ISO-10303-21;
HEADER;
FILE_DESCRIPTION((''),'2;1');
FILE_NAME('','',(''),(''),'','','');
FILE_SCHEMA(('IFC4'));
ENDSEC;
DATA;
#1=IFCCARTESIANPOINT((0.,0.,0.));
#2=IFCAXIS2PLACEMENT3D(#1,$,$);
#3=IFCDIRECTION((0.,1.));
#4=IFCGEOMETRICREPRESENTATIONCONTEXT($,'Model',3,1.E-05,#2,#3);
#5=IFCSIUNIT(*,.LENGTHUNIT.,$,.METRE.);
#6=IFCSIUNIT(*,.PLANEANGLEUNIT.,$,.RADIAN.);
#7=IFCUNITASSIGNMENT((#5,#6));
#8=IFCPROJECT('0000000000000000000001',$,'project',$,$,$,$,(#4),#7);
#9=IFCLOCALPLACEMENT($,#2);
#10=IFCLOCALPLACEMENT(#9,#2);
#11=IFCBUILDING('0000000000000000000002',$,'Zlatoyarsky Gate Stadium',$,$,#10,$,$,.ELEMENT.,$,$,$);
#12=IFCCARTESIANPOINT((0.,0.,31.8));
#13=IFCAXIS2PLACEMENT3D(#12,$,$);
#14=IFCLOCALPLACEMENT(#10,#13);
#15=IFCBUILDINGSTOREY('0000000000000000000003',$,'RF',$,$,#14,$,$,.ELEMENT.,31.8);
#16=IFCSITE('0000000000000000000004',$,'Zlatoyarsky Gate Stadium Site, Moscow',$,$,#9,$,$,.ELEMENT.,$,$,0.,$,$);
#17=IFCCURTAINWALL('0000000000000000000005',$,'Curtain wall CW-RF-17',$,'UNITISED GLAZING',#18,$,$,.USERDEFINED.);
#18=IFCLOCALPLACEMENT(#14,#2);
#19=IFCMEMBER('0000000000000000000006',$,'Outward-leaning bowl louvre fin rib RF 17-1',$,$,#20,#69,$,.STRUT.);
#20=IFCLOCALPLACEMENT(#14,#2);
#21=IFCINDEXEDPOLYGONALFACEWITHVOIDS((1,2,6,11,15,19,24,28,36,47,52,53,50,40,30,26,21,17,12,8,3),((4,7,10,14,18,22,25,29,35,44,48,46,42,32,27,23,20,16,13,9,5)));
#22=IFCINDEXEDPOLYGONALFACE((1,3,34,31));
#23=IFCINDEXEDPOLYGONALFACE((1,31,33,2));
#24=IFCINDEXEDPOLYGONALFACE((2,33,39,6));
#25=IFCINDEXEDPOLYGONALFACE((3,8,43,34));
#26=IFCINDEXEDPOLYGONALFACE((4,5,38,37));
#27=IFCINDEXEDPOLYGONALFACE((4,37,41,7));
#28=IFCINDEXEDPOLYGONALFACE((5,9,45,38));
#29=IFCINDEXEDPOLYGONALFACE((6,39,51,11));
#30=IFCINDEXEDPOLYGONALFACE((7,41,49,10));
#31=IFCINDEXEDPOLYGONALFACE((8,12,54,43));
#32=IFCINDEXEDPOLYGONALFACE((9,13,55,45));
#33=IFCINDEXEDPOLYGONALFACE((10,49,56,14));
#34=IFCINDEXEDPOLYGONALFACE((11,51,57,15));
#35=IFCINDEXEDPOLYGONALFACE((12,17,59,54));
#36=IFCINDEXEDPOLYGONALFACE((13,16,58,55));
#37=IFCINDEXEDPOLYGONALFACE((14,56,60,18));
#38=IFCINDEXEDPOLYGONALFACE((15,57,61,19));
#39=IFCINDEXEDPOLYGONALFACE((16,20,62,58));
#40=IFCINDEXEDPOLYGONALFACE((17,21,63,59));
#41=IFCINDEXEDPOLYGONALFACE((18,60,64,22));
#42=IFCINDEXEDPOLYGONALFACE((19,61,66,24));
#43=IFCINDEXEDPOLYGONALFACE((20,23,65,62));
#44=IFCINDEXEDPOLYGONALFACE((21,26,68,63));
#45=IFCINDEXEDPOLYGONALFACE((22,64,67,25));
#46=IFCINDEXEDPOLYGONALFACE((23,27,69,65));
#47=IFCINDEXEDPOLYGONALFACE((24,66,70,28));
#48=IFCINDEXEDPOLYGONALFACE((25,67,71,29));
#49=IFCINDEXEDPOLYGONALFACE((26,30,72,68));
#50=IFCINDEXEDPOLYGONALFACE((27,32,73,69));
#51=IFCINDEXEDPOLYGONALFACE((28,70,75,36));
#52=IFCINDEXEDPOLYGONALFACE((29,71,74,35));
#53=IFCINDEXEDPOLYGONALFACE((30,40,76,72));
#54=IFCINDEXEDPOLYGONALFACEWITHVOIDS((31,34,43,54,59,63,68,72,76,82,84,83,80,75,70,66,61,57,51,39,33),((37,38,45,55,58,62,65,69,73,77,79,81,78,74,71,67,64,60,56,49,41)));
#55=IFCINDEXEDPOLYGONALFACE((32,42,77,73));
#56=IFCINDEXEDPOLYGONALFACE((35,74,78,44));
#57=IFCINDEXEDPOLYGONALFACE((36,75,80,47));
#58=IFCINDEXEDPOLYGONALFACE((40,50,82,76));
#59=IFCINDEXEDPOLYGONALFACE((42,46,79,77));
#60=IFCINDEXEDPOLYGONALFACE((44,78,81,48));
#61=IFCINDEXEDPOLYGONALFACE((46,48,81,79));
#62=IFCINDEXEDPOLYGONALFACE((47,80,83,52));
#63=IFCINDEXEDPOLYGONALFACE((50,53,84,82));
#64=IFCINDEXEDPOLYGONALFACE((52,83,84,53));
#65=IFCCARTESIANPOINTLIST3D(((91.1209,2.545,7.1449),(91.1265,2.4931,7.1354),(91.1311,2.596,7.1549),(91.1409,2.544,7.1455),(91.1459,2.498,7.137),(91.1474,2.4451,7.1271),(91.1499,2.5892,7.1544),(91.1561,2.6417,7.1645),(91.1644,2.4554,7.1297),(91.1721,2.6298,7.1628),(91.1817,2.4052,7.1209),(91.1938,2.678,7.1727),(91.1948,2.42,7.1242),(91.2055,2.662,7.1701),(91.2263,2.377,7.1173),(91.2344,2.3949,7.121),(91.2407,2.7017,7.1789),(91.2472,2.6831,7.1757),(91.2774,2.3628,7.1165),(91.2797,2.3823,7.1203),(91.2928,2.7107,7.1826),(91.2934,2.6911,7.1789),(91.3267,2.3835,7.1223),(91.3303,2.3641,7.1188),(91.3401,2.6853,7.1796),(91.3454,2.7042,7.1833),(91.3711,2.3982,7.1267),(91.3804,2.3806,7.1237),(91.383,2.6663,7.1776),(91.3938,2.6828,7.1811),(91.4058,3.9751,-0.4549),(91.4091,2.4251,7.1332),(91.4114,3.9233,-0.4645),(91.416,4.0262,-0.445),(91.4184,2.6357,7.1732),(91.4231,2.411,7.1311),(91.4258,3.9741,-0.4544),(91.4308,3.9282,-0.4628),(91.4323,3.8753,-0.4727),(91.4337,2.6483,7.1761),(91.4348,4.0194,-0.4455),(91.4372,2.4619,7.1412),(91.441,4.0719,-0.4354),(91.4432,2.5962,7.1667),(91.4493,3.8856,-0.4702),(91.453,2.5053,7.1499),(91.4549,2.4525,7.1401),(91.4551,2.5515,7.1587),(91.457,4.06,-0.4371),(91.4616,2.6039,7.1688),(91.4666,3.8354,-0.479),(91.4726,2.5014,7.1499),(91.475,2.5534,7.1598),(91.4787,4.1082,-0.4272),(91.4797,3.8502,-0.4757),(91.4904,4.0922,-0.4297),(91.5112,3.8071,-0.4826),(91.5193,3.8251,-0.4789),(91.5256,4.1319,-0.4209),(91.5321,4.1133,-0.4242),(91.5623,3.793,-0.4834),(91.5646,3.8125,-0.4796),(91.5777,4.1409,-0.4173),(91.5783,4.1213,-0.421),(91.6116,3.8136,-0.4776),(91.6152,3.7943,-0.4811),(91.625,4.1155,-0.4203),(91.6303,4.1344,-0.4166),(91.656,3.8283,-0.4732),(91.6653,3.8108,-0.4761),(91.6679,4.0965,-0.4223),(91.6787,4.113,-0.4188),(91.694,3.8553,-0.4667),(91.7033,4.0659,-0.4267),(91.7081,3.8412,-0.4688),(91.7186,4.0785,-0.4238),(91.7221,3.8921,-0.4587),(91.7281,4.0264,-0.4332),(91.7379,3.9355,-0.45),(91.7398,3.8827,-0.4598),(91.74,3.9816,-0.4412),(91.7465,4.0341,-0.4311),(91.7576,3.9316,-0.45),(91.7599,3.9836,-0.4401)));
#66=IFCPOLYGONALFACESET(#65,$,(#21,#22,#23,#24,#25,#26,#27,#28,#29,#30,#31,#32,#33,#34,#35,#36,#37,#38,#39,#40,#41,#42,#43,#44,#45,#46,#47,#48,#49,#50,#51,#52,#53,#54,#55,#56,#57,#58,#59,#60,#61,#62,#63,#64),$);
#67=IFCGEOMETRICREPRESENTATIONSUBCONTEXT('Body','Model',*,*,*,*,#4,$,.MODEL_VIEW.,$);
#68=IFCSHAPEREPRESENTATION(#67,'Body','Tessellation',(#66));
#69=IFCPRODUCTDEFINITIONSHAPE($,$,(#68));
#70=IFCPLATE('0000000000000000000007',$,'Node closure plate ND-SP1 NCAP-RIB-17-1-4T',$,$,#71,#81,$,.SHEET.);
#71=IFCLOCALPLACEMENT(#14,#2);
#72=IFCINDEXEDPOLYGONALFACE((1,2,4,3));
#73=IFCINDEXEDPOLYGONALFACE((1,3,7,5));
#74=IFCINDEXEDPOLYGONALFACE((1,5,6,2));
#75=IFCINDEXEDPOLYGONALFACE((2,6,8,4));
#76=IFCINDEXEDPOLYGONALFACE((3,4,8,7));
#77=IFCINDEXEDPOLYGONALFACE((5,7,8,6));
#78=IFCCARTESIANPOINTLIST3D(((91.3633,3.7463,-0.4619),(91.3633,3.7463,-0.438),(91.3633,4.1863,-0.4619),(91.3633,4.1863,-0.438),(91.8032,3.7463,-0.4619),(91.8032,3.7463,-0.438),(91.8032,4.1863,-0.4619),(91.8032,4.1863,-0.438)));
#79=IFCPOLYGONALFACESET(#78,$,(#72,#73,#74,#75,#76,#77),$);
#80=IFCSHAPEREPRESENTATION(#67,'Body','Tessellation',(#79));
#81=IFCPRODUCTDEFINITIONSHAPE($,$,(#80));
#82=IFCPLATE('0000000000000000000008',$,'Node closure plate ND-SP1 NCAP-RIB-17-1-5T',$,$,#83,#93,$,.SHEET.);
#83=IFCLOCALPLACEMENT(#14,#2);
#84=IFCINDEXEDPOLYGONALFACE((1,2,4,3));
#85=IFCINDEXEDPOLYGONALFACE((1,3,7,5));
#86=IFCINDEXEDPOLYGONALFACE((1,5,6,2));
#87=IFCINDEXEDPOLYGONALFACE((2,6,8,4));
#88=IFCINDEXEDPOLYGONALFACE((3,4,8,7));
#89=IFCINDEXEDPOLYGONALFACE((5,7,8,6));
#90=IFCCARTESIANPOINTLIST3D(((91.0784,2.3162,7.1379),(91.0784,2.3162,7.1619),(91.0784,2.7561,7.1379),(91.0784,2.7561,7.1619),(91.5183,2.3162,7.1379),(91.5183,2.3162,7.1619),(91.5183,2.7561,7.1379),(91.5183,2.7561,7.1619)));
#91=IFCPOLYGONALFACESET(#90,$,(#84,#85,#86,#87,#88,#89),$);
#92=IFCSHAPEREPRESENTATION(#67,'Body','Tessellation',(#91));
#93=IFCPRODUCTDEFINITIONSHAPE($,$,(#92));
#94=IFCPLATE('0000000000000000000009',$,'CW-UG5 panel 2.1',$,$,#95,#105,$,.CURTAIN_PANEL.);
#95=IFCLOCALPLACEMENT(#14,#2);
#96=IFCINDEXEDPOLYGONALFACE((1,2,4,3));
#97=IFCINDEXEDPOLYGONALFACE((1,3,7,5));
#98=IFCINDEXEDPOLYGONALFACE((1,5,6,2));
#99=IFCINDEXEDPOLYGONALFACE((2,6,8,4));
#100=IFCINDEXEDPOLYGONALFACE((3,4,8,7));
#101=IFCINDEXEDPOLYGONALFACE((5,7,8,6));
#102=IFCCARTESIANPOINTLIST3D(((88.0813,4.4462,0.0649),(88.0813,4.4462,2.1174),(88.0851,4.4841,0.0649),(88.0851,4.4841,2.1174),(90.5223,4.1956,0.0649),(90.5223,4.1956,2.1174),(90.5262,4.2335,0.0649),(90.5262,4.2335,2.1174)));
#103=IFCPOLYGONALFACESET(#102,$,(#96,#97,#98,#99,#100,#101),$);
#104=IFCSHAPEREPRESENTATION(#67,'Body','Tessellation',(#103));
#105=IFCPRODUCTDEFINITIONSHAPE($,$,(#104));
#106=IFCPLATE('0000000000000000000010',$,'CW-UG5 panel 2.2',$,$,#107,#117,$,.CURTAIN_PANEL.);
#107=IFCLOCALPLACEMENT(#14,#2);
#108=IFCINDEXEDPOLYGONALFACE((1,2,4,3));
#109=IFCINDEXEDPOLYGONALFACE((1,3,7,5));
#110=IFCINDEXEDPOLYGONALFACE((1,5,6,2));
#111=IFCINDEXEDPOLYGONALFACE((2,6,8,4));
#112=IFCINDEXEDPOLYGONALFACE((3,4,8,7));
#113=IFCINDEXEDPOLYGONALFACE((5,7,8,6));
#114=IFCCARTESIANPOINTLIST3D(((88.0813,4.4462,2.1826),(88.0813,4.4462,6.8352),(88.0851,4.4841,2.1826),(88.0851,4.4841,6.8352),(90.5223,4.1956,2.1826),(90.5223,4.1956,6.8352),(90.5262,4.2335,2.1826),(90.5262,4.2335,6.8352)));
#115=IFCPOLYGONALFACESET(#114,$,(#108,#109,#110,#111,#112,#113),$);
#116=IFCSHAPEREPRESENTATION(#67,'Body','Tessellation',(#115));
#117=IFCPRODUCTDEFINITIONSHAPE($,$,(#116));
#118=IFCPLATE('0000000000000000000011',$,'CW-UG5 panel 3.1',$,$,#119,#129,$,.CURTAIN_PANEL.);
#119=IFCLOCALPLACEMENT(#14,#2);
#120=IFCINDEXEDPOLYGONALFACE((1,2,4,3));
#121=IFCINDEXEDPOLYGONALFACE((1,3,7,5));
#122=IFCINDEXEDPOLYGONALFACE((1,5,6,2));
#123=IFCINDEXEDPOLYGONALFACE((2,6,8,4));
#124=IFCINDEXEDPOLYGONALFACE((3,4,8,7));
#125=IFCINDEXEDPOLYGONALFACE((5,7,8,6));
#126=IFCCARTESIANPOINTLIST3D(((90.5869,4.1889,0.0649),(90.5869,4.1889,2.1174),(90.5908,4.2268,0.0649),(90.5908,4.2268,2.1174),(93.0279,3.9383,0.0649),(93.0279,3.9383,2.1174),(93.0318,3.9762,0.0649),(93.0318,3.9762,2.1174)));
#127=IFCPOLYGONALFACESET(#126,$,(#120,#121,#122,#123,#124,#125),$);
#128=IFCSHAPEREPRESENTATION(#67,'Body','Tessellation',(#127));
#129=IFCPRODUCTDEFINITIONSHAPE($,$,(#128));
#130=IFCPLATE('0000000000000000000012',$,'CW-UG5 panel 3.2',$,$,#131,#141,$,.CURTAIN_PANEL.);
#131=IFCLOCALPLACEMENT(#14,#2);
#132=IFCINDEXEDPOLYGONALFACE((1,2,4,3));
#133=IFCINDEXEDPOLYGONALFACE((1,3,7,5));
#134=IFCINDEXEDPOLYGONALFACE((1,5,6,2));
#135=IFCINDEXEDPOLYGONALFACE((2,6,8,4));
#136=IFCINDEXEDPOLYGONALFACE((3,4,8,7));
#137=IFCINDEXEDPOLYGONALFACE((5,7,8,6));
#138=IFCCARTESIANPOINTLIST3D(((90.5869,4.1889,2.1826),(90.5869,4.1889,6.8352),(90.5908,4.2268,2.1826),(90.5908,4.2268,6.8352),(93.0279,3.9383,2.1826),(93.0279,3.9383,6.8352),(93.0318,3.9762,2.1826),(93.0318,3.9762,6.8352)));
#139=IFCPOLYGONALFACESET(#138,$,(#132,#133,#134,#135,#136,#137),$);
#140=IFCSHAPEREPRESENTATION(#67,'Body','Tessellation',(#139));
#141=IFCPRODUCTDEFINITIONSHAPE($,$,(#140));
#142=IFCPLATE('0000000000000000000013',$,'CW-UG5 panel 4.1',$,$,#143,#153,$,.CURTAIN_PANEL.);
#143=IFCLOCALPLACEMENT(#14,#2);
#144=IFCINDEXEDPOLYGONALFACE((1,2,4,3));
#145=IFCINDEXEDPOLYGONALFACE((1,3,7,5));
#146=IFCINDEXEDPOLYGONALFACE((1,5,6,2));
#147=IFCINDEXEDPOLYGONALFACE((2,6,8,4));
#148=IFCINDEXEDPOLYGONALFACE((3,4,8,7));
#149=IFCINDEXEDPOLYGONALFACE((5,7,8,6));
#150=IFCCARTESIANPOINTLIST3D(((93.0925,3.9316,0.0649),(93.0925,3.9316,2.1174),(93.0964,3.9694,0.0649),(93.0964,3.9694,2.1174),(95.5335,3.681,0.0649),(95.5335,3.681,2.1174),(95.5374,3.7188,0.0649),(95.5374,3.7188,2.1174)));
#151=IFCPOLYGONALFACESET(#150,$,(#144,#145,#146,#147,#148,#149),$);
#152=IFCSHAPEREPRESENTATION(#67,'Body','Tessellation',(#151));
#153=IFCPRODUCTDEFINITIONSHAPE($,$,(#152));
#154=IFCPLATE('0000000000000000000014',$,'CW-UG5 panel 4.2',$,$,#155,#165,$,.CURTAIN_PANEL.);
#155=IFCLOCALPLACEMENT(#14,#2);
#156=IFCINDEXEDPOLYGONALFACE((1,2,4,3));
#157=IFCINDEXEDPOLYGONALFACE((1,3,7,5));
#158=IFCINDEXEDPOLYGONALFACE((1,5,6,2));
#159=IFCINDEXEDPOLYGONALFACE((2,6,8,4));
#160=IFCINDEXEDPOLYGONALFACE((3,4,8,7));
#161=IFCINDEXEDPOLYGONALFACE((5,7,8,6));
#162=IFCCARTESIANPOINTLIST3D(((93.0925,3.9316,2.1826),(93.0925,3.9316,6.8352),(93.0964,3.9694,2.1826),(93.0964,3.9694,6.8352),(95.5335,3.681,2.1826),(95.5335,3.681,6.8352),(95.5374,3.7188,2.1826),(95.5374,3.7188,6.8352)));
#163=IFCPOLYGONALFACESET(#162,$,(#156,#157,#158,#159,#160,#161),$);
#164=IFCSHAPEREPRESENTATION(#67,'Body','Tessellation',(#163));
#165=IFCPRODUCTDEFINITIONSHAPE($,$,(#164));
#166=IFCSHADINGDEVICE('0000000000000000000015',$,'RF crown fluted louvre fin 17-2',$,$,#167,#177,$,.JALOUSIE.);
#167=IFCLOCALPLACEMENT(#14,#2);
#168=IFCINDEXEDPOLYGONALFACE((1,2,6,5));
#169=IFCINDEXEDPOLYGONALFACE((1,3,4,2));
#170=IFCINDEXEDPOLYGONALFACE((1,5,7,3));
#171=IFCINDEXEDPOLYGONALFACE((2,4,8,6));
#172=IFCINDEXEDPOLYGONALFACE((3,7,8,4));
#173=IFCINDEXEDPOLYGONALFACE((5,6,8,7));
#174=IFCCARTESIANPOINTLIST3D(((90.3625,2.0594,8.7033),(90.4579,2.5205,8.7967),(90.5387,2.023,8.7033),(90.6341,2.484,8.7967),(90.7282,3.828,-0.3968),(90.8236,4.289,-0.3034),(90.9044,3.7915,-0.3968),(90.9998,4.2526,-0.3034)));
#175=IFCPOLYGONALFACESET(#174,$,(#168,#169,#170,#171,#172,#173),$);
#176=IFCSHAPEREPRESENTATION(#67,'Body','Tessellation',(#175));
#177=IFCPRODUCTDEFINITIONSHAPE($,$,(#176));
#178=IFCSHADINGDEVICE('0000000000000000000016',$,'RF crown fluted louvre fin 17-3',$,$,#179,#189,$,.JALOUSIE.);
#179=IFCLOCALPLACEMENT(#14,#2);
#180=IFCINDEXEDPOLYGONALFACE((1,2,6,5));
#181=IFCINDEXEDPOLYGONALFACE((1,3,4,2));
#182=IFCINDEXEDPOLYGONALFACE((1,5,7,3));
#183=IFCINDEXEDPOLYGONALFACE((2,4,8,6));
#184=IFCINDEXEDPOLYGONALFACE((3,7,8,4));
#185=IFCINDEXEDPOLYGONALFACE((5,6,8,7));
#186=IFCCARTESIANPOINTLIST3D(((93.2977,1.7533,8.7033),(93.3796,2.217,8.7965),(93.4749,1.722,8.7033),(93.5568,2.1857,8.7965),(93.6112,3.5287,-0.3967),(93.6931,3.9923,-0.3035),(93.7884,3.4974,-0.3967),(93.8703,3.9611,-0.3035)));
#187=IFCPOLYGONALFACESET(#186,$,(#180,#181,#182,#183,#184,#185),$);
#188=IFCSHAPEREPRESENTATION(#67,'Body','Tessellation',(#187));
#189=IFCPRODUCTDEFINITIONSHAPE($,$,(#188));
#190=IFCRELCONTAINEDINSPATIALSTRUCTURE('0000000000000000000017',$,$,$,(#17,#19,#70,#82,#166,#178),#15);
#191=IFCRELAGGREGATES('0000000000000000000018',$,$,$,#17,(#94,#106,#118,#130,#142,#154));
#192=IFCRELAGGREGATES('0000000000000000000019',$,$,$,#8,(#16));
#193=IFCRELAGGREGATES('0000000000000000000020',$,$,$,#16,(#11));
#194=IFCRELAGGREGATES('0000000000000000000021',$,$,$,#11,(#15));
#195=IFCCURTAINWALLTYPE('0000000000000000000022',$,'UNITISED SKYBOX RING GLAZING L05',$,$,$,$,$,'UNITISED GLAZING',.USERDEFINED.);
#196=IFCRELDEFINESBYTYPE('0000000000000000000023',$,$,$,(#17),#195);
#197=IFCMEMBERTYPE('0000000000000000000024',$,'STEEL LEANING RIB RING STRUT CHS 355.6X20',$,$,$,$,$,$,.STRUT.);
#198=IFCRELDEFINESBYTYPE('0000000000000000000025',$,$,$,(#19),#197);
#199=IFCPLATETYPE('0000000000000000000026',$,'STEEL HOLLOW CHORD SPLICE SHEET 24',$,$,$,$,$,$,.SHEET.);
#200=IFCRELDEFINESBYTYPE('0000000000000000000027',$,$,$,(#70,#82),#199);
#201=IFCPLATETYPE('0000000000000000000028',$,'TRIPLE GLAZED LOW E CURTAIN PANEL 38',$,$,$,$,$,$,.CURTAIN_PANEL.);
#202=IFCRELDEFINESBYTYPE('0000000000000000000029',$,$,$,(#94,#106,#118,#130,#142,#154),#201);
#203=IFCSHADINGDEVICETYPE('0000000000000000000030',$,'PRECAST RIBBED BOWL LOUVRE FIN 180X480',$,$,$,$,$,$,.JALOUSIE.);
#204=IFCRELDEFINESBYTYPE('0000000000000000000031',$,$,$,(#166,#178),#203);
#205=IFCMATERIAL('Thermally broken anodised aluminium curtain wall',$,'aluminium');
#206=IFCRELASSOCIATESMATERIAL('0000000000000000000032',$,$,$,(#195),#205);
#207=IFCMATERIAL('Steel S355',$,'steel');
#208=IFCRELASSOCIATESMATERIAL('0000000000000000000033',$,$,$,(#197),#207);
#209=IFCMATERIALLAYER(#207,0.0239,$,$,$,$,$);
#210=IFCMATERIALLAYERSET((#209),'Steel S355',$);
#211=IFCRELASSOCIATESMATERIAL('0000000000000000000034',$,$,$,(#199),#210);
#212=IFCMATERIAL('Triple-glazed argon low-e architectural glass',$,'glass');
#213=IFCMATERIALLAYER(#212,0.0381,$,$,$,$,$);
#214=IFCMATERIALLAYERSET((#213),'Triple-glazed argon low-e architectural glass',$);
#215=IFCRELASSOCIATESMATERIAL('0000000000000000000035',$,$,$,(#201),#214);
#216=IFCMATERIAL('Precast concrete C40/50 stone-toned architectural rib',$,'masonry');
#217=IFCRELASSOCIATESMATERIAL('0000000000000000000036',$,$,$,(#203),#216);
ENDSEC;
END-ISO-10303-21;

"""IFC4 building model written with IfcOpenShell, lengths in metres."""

from ifc_helpers import new_model, si_unit, direction, frame, origin, origin_2d, place, context, subcontext, project, spatial, rectangle, hollow_circle, extrude, material, layer, layer_set, material_profile, profile_set, type_object, element, aggregate, save


model = new_model("IFC4")

# Units and contexts
model_context = context("Model", 3, precision=1e-05, world=origin(), true_north=direction((0.0, 1.0)))
body_context = subcontext(model_context, "Body", "Model", "MODEL_VIEW")
ifc_project = project(units=[si_unit("LENGTHUNIT", "METRE"), si_unit("PLANEANGLEUNIT", "RADIAN")], contexts=[model_context])

# Site, building, storey
site_placement = place(None, origin())
site = spatial("IfcSite", under=ifc_project, at=site_placement, Name="Zlatoyarsky Gate Stadium Site, Moscow", CompositionType="ELEMENT", RefElevation=0.0)
building_placement = place(site_placement, origin())
building = spatial("IfcBuilding", under=site, at=building_placement, Name="Zlatoyarsky Gate Stadium", CompositionType="ELEMENT")
storey_placement = place(building_placement, frame((0.0, 0.0, 31.8)))
storey = spatial("IfcBuildingStorey", under=building, at=storey_placement, Name="RF", CompositionType="ELEMENT", Elevation=31.8)

# Curtain wall
ifc_material_1 = material(Name="Thermally broken anodised aluminium curtain wall", Category="aluminium")
curtain_wall_type = type_object("IfcCurtainWallType", Name="UNITISED SKYBOX RING GLAZING L05", ElementType="UNITISED GLAZING", PredefinedType="USERDEFINED", material=ifc_material_1)
curtain_wall_placement = place(storey_placement, origin())
curtain_wall = element("IfcCurtainWall", 1, at=curtain_wall_placement, inside=storey, type_object=curtain_wall_type, Name="Curtain wall CW-RF-17", ObjectType="UNITISED GLAZING", PredefinedType="USERDEFINED")

# Member
ifc_material_2 = material(Name="Steel S355", Category="steel")
ifc_material_profile_1 = material_profile(ifc_material_2, hollow_circle(Radius=0.1777, WallThickness=0.02, at=origin_2d()), Name="CHS 355.6X20")
ifc_profile_set_1 = profile_set([ifc_material_profile_1], Name="Steel S355")
member_type_1 = type_object("IfcMemberType", Name="STEEL LEANING RIB RING STRUT CHS 355.6X20", PredefinedType="STRUT", material=ifc_profile_set_1)
member_1_placement = place(storey_placement, frame((91.5833, 3.9663, -0.45), z_axis=(-0.036817, -0.184813, 0.982084), x_axis=(0.980728, -0.195376, 0.0)))
element("IfcMember", 2, at=member_1_placement, inside=storey, type_object=member_type_1, Name="Outward-leaning bowl louvre fin rib RF 17-1", PredefinedType="STRUT", context=body_context, shape_type="SweptSolid", body=[
    extrude(hollow_circle(Radius=0.1777, WallThickness=0.02, at=origin_2d()), origin(), (0.0, 0.0, 1.0), 7.7385),
])

# Plates
ifc_layer_1 = layer(ifc_material_2, 0.0239)
ifc_layer_set_1 = layer_set([ifc_layer_1], Name="Steel S355")
plate_type_1 = type_object("IfcPlateType", Name="STEEL HOLLOW CHORD SPLICE SHEET 24", PredefinedType="SHEET", material=ifc_layer_set_1)
for number, where, z_axis, x_axis, name in (
    (3, (91.5833, 3.9663, -0.4619), (0.0, 0.0, 1.0), (1.0, 0.0, 0.0), "Node closure plate ND-SP1 NCAP-RIB-17-1-4T"),
    (4, (91.2983, 2.5361, 7.1379), (0.0, 0.0, 1.0), (1.0, 0.0, 0.0), "Node closure plate ND-SP1 NCAP-RIB-17-1-5T"),
):
    element("IfcPlate", number, at=place(storey_placement, frame(where, z_axis=z_axis, x_axis=x_axis)), inside=storey, type_object=plate_type_1, Name=name, PredefinedType="SHEET", context=body_context, shape_type="SweptSolid", body=[
        extrude(rectangle(XDim=0.4399, YDim=0.4399, at=origin_2d()), origin(), (0.0, 0.0, 1.0), 0.0239),
    ])

# Plates
ifc_material_3 = material(Name="Triple-glazed argon low-e architectural glass", Category="glass")
ifc_layer_2 = layer(ifc_material_3, 0.0381)
ifc_layer_set_2 = layer_set([ifc_layer_2], Name="Triple-glazed argon low-e architectural glass")
plate_type_2 = type_object("IfcPlateType", Name="TRIPLE GLAZED LOW E CURTAIN PANEL 38", PredefinedType="CURTAIN_PANEL", material=ifc_layer_set_2)
plate_1_placement = place(storey_placement, frame((89.3037, 4.3398, 0.0649), z_axis=(0.0, 0.0, 1.0), x_axis=(0.994772, -0.102125, 0.0)))
plate_1 = element("IfcPlate", 5, at=plate_1_placement, type_object=plate_type_2, Name="CW-UG5 panel 2.1", PredefinedType="CURTAIN_PANEL", context=body_context, shape_type="SweptSolid", body=[
    extrude(rectangle(XDim=2.4539, YDim=0.0381, at=origin_2d()), origin(), (0.0, 0.0, 1.0), 2.0525),
])
plate_2_placement = place(storey_placement, frame((89.3037, 4.3398, 2.1826), z_axis=(0.0, 0.0, 1.0), x_axis=(0.994772, -0.102125, 0.0)))
plate_2 = element("IfcPlate", 6, at=plate_2_placement, type_object=plate_type_2, Name="CW-UG5 panel 2.2", PredefinedType="CURTAIN_PANEL", context=body_context, shape_type="SweptSolid", body=[
    extrude(rectangle(XDim=2.4539, YDim=0.0381, at=origin_2d()), origin(), (0.0, 0.0, 1.0), 4.6526),
])
plate_3_placement = place(storey_placement, frame((91.8093, 4.0825, 0.0649), z_axis=(0.0, 0.0, 1.0), x_axis=(0.994772, -0.102125, 0.0)))
plate_3 = element("IfcPlate", 7, at=plate_3_placement, type_object=plate_type_2, Name="CW-UG5 panel 3.1", PredefinedType="CURTAIN_PANEL", context=body_context, shape_type="SweptSolid", body=[
    extrude(rectangle(XDim=2.4539, YDim=0.0381, at=origin_2d()), origin(), (0.0, 0.0, 1.0), 2.0525),
])
plate_4_placement = place(storey_placement, frame((91.8093, 4.0825, 2.1826), z_axis=(0.0, 0.0, 1.0), x_axis=(0.994772, -0.102125, 0.0)))
plate_4 = element("IfcPlate", 8, at=plate_4_placement, type_object=plate_type_2, Name="CW-UG5 panel 3.2", PredefinedType="CURTAIN_PANEL", context=body_context, shape_type="SweptSolid", body=[
    extrude(rectangle(XDim=2.4539, YDim=0.0381, at=origin_2d()), origin(), (0.0, 0.0, 1.0), 4.6526),
])
plate_5_placement = place(storey_placement, frame((94.3149, 3.8252, 0.0649), z_axis=(0.0, 0.0, 1.0), x_axis=(0.994772, -0.102125, 0.0)))
plate_5 = element("IfcPlate", 9, at=plate_5_placement, type_object=plate_type_2, Name="CW-UG5 panel 4.1", PredefinedType="CURTAIN_PANEL", context=body_context, shape_type="SweptSolid", body=[
    extrude(rectangle(XDim=2.4539, YDim=0.0381, at=origin_2d()), origin(), (0.0, 0.0, 1.0), 2.0525),
])
plate_6_placement = place(storey_placement, frame((94.3149, 3.8252, 2.1826), z_axis=(0.0, 0.0, 1.0), x_axis=(0.994772, -0.102125, 0.0)))
plate_6 = element("IfcPlate", 10, at=plate_6_placement, type_object=plate_type_2, Name="CW-UG5 panel 4.2", PredefinedType="CURTAIN_PANEL", context=body_context, shape_type="SweptSolid", body=[
    extrude(rectangle(XDim=2.4539, YDim=0.0381, at=origin_2d()), origin(), (0.0, 0.0, 1.0), 4.6526),
])
aggregate(curtain_wall, [plate_1, plate_2, plate_3, plate_4, plate_5, plate_6])

# Shading devices
ifc_material_4 = material(Name="Precast concrete C40/50 stone-toned architectural rib", Category="masonry")
ifc_material_profile_2 = material_profile(ifc_material_4, rectangle(XDim=0.1799, YDim=0.48, at=origin_2d()), Name="RIB 180X480")
ifc_profile_set_2 = profile_set([ifc_material_profile_2], Name="Precast concrete C40/50 stone-toned architectural rib")
shading_device_type = type_object("IfcShadingDeviceType", Name="PRECAST RIBBED BOWL LOUVRE FIN 180X480", PredefinedType="JALOUSIE", material=ifc_profile_set_2)
shading_device_1_placement = place(storey_placement, frame((90.864, 4.0403, -0.3501), z_axis=(-0.03942, -0.190627, 0.980871), x_axis=(0.979281, -0.202507, 0.0)))
element("IfcShadingDevice", 11, at=shading_device_1_placement, inside=storey, type_object=shading_device_type, Name="RF crown fluted louvre fin 17-2", PredefinedType="JALOUSIE", context=body_context, shape_type="SweptSolid", body=[
    extrude(rectangle(XDim=0.1799, YDim=0.48, at=origin_2d()), origin(), (0.0, 0.0, 1.0), 9.2776),
])
shading_device_2_placement = place(storey_placement, frame((93.7407, 3.7449, -0.3501), z_axis=(-0.033791, -0.191376, 0.980935), x_axis=(0.984767, -0.173878, 0.0)))
element("IfcShadingDevice", 12, at=shading_device_2_placement, inside=storey, type_object=shading_device_type, Name="RF crown fluted louvre fin 17-3", PredefinedType="JALOUSIE", context=body_context, shape_type="SweptSolid", body=[
    extrude(rectangle(XDim=0.1799, YDim=0.48, at=origin_2d()), origin(), (0.0, 0.0, 1.0), 9.2769),
])

save(model, "model.ifc")
